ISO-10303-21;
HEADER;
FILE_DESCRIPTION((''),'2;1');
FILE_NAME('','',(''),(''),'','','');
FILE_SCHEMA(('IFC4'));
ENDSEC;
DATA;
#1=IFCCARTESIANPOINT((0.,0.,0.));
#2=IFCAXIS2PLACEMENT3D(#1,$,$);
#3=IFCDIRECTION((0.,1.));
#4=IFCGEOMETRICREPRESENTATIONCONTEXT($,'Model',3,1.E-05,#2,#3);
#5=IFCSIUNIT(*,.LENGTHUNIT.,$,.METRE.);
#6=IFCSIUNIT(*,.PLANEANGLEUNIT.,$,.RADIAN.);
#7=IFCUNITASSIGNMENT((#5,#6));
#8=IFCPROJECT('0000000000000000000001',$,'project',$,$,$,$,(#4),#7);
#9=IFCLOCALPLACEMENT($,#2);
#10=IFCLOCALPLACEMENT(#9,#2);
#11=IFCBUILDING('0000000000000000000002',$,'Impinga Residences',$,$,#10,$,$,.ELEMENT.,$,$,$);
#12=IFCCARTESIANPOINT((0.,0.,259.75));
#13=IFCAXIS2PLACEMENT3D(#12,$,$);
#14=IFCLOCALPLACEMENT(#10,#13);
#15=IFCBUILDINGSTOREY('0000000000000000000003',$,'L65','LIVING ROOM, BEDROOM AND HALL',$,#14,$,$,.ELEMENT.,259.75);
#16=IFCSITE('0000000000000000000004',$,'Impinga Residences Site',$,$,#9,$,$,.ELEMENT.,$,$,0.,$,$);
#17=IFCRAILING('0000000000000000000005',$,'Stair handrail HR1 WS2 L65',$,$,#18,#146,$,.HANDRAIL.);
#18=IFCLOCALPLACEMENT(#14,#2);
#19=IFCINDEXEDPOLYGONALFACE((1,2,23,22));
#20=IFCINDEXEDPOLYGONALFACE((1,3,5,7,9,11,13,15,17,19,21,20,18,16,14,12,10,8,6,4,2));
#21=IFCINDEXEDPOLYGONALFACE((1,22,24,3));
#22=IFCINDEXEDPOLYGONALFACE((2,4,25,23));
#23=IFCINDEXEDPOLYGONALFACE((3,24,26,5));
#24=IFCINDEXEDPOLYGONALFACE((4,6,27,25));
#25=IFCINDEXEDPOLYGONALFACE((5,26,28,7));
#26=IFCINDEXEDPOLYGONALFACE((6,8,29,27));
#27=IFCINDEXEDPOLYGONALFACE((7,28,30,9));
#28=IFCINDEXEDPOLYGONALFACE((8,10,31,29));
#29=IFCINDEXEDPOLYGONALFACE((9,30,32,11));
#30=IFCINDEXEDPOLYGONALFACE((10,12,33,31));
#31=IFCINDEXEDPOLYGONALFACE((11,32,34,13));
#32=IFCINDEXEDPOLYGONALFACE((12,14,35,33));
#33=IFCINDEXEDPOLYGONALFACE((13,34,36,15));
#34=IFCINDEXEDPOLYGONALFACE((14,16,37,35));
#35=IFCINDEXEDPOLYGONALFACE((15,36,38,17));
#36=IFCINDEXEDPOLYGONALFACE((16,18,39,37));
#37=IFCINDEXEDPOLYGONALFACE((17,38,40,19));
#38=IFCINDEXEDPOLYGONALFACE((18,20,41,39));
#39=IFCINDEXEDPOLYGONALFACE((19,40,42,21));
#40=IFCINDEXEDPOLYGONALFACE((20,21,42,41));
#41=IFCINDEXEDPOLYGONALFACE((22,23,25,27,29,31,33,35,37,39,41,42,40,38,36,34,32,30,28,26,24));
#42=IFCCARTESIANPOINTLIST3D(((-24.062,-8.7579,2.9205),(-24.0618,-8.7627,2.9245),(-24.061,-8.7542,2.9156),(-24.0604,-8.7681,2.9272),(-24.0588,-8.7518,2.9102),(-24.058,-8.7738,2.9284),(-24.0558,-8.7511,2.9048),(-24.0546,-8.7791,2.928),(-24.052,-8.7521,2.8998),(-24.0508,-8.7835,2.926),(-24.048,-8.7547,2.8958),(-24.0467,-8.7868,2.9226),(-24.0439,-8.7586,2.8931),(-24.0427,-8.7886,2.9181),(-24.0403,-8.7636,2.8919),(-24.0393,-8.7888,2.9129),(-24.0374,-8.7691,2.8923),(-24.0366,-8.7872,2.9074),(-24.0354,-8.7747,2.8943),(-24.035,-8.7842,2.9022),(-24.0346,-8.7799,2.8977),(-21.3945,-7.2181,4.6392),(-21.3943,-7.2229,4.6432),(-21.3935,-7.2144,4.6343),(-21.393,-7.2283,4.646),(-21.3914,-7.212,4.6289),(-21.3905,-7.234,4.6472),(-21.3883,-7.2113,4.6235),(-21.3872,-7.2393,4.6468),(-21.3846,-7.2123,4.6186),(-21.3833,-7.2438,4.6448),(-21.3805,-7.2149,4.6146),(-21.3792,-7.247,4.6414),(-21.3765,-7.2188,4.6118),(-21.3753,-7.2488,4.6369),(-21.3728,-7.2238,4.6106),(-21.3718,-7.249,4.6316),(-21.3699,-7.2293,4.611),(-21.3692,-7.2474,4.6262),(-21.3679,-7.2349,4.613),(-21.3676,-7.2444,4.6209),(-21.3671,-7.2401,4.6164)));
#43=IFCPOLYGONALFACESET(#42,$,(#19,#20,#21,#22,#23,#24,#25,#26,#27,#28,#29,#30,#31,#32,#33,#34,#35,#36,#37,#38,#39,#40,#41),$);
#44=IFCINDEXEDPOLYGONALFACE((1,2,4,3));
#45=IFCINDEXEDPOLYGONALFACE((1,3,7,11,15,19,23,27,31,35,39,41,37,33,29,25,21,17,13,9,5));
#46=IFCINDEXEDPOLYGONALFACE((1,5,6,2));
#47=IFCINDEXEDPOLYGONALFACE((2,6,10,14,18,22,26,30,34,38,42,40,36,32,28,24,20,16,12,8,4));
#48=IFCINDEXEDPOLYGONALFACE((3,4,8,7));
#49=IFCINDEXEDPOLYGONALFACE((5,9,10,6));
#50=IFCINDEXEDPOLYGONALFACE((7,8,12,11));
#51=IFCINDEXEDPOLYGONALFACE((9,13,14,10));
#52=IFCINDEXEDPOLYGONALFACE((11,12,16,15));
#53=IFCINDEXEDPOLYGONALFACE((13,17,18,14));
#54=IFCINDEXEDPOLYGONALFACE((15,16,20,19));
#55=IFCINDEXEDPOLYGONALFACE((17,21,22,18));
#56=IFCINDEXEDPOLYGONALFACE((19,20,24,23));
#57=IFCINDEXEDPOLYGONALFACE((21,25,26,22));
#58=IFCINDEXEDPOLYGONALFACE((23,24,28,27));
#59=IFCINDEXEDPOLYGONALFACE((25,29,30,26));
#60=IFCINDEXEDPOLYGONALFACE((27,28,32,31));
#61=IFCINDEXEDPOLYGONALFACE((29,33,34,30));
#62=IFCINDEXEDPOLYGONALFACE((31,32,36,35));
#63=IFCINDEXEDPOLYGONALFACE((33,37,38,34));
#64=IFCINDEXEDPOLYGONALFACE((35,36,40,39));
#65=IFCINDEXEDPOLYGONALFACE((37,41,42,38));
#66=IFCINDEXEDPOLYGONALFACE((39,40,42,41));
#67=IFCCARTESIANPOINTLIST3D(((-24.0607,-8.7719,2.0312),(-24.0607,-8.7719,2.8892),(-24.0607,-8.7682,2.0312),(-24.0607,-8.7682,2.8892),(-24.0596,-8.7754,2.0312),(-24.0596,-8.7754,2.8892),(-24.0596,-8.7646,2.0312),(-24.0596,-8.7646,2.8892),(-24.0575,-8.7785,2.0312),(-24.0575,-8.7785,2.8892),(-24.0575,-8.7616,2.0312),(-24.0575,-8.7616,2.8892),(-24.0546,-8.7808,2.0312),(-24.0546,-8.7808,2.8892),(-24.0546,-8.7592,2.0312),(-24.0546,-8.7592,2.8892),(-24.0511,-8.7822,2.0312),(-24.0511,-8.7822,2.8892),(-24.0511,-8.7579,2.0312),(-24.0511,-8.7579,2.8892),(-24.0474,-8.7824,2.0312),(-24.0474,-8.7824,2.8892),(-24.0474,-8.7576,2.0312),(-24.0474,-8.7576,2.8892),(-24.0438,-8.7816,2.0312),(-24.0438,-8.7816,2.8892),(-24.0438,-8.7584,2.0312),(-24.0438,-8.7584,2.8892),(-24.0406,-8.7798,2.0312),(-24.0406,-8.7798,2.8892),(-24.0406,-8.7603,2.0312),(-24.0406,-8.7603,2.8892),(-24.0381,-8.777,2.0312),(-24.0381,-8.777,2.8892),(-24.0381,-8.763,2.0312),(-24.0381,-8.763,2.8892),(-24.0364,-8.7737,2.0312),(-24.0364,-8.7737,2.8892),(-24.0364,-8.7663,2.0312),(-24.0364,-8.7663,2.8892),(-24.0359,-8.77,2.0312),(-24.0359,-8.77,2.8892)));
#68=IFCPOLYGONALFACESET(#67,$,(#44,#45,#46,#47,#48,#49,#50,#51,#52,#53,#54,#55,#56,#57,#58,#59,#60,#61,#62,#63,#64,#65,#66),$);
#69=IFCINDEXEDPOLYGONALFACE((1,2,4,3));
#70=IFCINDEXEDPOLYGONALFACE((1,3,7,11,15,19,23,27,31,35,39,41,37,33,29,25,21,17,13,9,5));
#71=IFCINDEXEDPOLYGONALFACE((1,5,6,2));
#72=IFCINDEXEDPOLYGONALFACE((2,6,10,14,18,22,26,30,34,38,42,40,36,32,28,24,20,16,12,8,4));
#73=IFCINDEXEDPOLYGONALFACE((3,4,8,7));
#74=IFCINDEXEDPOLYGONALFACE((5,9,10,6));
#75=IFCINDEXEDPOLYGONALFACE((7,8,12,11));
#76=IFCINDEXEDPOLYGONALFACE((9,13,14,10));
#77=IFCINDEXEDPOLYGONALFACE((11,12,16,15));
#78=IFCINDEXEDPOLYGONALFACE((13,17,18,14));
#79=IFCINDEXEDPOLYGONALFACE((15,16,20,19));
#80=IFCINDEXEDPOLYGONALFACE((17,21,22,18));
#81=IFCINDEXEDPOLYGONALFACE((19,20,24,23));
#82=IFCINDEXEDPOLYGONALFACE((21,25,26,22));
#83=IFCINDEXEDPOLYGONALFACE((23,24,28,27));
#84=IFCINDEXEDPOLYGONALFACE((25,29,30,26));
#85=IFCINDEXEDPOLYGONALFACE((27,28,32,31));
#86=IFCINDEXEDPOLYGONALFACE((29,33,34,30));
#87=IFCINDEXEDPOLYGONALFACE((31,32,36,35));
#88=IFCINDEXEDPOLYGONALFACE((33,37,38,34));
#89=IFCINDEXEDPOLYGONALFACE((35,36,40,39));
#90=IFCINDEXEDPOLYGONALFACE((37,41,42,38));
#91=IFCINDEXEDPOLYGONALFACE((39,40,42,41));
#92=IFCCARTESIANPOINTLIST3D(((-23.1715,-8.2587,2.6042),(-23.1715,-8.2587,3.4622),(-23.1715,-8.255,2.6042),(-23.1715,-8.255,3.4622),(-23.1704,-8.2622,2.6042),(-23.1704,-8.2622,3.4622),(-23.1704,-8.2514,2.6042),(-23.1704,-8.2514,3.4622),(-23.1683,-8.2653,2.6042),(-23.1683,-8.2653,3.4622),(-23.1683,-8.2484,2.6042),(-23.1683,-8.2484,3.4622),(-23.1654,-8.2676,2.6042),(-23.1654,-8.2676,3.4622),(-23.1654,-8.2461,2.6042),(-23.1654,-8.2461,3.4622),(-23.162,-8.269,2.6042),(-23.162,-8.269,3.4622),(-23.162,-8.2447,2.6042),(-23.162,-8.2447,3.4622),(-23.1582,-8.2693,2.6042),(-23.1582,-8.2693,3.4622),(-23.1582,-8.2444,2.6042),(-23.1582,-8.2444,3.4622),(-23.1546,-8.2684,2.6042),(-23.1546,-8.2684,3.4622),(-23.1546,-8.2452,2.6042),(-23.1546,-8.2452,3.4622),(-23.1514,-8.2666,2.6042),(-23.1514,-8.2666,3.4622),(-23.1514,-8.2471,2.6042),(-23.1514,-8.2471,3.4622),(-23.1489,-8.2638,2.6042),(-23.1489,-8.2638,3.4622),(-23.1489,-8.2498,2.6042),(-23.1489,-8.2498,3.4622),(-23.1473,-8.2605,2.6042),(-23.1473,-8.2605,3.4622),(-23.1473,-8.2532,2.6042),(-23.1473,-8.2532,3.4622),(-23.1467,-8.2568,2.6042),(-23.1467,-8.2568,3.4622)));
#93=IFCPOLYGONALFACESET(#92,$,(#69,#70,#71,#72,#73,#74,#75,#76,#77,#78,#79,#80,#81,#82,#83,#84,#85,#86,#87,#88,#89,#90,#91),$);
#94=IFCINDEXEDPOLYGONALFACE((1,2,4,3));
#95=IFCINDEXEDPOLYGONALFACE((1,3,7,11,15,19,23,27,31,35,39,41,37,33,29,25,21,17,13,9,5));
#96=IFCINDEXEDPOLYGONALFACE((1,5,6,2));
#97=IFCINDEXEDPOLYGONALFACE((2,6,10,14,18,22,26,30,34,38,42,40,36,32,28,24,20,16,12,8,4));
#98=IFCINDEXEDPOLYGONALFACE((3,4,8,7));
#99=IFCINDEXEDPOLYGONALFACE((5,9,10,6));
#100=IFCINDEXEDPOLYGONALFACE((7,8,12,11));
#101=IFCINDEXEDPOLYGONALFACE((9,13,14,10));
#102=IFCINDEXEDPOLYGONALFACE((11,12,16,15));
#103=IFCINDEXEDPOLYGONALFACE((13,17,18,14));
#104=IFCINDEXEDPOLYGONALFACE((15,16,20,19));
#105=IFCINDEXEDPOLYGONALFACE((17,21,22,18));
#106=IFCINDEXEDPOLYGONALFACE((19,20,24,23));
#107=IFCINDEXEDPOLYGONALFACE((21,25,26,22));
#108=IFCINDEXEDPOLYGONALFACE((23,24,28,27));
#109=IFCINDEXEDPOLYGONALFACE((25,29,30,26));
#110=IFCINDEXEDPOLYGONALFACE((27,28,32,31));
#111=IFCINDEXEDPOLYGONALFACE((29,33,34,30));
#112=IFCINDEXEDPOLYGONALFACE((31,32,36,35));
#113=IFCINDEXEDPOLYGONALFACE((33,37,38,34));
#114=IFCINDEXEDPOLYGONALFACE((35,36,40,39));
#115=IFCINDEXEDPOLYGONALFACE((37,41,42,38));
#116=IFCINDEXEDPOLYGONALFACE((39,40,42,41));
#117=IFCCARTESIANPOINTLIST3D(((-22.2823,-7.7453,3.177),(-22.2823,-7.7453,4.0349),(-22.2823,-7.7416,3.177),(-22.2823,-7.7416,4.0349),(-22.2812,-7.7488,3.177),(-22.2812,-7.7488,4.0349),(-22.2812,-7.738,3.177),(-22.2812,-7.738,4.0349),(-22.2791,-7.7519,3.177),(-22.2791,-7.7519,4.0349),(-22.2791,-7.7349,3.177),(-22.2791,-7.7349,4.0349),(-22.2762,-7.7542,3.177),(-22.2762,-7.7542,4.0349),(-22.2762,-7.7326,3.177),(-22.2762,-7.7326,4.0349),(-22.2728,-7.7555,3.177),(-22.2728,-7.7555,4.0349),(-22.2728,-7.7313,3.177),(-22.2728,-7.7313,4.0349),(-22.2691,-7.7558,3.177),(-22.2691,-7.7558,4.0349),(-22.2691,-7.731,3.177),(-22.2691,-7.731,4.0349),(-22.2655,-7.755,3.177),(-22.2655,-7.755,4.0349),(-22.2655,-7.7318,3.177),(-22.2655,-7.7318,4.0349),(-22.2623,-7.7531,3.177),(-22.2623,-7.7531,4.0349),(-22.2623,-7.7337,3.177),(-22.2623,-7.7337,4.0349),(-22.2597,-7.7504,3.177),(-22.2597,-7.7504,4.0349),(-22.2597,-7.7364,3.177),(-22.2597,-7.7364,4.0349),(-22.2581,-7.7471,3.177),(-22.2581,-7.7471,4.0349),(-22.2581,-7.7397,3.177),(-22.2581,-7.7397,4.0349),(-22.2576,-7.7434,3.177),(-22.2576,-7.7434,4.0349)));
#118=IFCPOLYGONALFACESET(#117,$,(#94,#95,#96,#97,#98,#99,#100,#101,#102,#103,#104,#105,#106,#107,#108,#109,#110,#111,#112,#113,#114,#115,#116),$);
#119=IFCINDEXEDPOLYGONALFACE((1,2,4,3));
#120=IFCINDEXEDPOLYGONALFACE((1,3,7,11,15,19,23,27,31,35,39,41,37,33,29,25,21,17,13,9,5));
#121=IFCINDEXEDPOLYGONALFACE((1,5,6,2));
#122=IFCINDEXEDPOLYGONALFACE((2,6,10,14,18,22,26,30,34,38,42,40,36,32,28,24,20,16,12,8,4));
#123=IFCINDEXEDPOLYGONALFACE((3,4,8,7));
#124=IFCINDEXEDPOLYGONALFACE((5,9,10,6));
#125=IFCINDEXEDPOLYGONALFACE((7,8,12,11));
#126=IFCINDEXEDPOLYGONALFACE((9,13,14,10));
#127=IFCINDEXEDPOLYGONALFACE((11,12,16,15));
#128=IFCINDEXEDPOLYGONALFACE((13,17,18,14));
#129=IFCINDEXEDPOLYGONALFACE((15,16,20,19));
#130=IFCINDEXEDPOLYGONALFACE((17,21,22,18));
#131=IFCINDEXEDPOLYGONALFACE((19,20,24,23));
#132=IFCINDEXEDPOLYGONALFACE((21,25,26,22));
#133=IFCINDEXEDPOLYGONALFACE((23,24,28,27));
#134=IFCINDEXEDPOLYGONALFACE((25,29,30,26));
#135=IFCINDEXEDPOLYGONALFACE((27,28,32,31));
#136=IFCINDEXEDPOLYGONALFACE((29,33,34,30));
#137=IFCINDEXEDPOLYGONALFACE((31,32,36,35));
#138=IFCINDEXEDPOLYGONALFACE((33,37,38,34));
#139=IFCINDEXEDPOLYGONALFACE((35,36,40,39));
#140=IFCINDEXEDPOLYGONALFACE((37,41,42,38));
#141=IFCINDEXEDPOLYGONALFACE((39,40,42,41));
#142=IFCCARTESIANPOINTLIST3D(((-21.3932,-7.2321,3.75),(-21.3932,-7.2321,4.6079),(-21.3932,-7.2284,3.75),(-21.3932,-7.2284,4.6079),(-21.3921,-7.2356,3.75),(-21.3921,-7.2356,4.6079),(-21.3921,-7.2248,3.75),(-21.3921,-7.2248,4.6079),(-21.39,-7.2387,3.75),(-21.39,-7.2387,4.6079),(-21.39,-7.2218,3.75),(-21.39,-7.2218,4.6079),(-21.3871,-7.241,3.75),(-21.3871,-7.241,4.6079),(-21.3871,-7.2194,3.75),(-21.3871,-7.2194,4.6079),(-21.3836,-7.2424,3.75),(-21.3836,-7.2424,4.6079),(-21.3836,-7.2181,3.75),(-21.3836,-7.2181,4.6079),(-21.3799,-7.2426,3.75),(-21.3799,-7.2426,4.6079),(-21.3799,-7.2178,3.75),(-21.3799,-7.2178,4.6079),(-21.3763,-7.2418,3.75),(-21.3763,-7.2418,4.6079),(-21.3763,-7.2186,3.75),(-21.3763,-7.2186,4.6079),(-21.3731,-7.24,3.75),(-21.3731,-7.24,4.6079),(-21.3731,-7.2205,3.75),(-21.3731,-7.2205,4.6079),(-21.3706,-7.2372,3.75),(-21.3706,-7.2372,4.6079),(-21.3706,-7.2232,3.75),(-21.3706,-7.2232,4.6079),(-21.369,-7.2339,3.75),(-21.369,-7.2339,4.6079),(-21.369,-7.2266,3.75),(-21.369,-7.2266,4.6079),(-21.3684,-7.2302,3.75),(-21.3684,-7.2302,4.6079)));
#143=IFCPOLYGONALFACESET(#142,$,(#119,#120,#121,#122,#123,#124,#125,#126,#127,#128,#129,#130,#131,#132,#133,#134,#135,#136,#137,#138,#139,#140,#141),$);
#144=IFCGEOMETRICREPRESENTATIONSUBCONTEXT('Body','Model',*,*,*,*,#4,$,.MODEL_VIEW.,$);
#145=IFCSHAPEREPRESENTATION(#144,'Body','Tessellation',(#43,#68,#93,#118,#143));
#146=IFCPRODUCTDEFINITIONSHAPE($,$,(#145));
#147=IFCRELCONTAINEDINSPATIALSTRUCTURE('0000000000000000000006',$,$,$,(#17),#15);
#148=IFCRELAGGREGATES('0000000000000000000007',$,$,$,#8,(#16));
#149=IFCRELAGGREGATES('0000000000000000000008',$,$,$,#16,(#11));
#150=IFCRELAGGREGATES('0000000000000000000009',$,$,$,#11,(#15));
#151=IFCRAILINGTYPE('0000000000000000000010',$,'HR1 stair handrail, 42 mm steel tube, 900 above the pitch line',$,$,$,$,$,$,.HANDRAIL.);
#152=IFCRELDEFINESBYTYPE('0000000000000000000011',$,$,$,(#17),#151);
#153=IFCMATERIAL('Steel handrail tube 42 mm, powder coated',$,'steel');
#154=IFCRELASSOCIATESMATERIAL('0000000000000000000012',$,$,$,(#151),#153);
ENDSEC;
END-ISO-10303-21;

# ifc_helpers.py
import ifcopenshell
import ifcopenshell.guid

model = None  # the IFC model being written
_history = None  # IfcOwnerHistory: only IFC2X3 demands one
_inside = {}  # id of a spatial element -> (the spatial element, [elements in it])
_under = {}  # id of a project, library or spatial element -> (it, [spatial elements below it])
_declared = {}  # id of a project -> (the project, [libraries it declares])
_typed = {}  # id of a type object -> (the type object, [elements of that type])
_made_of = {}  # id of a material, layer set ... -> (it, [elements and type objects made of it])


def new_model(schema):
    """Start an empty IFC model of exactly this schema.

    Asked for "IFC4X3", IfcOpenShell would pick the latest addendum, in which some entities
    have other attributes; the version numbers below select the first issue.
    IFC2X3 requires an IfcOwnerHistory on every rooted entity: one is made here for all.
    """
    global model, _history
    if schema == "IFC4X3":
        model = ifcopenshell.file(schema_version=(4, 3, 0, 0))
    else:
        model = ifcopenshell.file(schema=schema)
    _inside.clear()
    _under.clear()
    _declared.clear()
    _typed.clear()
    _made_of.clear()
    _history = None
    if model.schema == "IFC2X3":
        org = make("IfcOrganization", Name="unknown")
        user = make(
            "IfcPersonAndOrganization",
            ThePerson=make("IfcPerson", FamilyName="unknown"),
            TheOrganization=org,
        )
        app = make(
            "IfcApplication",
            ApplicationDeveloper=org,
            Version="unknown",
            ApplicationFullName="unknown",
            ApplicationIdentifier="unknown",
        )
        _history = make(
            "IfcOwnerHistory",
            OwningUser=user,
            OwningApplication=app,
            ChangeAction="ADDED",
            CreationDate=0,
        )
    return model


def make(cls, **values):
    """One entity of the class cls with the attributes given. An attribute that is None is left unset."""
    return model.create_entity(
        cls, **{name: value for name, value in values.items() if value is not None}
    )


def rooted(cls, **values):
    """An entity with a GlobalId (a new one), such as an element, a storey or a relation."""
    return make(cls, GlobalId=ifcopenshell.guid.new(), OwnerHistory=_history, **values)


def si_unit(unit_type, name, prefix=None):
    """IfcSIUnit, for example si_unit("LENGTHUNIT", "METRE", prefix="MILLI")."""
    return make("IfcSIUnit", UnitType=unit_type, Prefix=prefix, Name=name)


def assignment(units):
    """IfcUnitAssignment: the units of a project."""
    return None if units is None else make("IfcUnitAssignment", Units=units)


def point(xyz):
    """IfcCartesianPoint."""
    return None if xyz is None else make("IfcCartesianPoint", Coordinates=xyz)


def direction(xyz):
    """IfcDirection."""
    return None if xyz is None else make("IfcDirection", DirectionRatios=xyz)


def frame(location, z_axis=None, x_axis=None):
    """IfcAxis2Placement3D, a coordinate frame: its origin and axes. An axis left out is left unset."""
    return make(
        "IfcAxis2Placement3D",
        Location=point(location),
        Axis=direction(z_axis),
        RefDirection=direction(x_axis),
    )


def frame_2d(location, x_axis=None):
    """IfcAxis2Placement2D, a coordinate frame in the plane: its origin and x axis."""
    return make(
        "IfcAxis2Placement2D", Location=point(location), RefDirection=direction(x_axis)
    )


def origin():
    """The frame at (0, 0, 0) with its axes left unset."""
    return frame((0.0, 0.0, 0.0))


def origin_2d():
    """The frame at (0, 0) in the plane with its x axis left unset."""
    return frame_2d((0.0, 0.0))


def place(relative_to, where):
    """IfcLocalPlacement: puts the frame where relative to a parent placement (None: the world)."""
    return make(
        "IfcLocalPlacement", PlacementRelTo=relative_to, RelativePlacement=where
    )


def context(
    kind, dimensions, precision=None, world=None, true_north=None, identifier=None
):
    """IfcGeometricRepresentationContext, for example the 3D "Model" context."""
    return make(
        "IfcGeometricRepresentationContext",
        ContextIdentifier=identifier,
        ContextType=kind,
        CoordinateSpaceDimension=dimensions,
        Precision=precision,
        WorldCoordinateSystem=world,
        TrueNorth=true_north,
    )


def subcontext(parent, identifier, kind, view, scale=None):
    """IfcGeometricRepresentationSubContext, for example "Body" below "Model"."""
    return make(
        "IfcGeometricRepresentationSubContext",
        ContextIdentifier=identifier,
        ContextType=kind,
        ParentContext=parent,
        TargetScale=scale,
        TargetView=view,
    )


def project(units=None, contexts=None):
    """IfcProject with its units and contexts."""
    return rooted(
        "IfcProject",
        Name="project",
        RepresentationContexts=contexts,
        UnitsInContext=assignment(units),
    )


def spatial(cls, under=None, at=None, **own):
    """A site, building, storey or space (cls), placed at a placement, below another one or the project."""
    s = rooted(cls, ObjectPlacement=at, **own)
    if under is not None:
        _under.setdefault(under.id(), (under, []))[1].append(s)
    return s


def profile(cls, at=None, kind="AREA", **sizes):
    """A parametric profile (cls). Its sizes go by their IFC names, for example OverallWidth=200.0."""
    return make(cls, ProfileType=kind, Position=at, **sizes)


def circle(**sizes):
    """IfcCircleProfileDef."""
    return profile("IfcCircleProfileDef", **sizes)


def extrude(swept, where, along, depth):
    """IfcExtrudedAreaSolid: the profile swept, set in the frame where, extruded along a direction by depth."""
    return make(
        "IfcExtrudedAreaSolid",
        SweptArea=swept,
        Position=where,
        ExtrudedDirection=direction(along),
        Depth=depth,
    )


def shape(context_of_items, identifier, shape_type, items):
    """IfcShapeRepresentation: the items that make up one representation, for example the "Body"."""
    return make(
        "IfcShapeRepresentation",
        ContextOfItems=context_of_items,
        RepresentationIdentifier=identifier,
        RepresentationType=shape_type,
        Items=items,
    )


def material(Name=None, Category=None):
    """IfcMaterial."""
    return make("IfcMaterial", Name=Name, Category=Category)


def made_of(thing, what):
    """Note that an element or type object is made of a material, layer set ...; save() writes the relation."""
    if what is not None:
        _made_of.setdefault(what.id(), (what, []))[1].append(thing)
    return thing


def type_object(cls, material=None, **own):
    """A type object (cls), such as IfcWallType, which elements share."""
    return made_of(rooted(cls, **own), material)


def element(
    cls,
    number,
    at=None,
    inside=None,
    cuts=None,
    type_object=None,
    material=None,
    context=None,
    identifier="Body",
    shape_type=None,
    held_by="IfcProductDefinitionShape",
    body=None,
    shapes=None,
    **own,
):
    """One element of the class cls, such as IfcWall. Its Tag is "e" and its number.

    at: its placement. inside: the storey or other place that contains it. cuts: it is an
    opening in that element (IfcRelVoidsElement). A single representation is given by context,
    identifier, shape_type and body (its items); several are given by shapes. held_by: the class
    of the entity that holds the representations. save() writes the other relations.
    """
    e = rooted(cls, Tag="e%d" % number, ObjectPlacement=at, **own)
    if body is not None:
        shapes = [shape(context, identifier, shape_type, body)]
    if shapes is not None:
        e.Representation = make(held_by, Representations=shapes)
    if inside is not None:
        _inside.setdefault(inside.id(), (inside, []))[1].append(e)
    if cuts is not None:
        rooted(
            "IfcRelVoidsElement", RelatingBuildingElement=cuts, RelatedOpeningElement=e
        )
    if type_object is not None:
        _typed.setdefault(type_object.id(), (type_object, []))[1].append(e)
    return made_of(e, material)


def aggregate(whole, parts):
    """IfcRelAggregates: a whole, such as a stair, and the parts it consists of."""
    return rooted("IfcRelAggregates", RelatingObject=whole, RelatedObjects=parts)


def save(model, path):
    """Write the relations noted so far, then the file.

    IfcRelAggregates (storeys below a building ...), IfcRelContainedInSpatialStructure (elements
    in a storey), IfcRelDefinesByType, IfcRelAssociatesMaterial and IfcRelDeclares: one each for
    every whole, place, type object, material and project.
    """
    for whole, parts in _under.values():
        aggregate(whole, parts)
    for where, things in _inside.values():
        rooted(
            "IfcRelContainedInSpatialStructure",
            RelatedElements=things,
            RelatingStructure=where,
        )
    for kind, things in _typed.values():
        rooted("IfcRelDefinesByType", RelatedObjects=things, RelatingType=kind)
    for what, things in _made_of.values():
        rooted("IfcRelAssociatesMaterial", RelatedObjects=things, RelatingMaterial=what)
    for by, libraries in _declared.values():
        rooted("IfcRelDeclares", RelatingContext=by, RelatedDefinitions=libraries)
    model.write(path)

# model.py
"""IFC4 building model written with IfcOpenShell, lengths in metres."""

from ifc_helpers import new_model, si_unit, direction, frame, origin, origin_2d, place, context, subcontext, project, spatial, circle, extrude, material, type_object, element, save


model = new_model("IFC4")

# Units and contexts
model_context = context("Model", 3, precision=1e-05, world=origin(), true_north=direction((0.0, 1.0)))
body_context = subcontext(model_context, "Body", "Model", "MODEL_VIEW")
ifc_project = project(units=[si_unit("LENGTHUNIT", "METRE"), si_unit("PLANEANGLEUNIT", "RADIAN")], contexts=[model_context])

# Site, building, storey
site_placement = place(None, origin())
site = spatial("IfcSite", under=ifc_project, at=site_placement, Name="Impinga Residences Site", CompositionType="ELEMENT", RefElevation=0.0)
building_placement = place(site_placement, origin())
building = spatial("IfcBuilding", under=site, at=building_placement, Name="Impinga Residences", CompositionType="ELEMENT")
storey_placement = place(building_placement, frame((0.0, 0.0, 259.75)))
storey = spatial("IfcBuildingStorey", under=building, at=storey_placement, Name="L65", Description="LIVING ROOM, BEDROOM AND HALL", CompositionType="ELEMENT", Elevation=259.75)

# Railing
ifc_material_1 = material(Name="Steel handrail tube 42 mm, powder coated", Category="steel")
railing_type = type_object("IfcRailingType", Name="HR1 stair handrail, 42 mm steel tube, 900 above the pitch line", PredefinedType="HANDRAIL", material=ifc_material_1)
railing_placement = place(storey_placement, frame((-24.0483, -8.77, 2.0312)))
element("IfcRailing", 1, at=railing_placement, inside=storey, type_object=railing_type, Name="Stair handrail HR1 WS2 L65", PredefinedType="HANDRAIL", context=body_context, shape_type="SweptSolid", body=[
    extrude(circle(Radius=0.021, at=origin_2d()), frame((0.0, 0.0, 0.8789), z_axis=(0.756279, 0.43656, 0.487297), x_axis=(-0.499933, 0.866064, 0.0)), (0.0, 0.0, 1.0), 3.5271),
    extrude(circle(Radius=0.0125, at=origin_2d()), origin(), (0.0, 0.0, 1.0), 0.8579),
    extrude(circle(Radius=0.0125, at=origin_2d()), frame((0.8892, 0.5132, 0.573)), (0.0, 0.0, 1.0), 0.8579),
    extrude(circle(Radius=0.0125, at=origin_2d()), frame((1.7783, 1.0266, 1.1458)), (0.0, 0.0, 1.0), 0.8579),
    extrude(circle(Radius=0.0125, at=origin_2d()), frame((2.6675, 1.5398, 1.7188)), (0.0, 0.0, 1.0), 0.8579),
])

save(model, "model.ifc")
